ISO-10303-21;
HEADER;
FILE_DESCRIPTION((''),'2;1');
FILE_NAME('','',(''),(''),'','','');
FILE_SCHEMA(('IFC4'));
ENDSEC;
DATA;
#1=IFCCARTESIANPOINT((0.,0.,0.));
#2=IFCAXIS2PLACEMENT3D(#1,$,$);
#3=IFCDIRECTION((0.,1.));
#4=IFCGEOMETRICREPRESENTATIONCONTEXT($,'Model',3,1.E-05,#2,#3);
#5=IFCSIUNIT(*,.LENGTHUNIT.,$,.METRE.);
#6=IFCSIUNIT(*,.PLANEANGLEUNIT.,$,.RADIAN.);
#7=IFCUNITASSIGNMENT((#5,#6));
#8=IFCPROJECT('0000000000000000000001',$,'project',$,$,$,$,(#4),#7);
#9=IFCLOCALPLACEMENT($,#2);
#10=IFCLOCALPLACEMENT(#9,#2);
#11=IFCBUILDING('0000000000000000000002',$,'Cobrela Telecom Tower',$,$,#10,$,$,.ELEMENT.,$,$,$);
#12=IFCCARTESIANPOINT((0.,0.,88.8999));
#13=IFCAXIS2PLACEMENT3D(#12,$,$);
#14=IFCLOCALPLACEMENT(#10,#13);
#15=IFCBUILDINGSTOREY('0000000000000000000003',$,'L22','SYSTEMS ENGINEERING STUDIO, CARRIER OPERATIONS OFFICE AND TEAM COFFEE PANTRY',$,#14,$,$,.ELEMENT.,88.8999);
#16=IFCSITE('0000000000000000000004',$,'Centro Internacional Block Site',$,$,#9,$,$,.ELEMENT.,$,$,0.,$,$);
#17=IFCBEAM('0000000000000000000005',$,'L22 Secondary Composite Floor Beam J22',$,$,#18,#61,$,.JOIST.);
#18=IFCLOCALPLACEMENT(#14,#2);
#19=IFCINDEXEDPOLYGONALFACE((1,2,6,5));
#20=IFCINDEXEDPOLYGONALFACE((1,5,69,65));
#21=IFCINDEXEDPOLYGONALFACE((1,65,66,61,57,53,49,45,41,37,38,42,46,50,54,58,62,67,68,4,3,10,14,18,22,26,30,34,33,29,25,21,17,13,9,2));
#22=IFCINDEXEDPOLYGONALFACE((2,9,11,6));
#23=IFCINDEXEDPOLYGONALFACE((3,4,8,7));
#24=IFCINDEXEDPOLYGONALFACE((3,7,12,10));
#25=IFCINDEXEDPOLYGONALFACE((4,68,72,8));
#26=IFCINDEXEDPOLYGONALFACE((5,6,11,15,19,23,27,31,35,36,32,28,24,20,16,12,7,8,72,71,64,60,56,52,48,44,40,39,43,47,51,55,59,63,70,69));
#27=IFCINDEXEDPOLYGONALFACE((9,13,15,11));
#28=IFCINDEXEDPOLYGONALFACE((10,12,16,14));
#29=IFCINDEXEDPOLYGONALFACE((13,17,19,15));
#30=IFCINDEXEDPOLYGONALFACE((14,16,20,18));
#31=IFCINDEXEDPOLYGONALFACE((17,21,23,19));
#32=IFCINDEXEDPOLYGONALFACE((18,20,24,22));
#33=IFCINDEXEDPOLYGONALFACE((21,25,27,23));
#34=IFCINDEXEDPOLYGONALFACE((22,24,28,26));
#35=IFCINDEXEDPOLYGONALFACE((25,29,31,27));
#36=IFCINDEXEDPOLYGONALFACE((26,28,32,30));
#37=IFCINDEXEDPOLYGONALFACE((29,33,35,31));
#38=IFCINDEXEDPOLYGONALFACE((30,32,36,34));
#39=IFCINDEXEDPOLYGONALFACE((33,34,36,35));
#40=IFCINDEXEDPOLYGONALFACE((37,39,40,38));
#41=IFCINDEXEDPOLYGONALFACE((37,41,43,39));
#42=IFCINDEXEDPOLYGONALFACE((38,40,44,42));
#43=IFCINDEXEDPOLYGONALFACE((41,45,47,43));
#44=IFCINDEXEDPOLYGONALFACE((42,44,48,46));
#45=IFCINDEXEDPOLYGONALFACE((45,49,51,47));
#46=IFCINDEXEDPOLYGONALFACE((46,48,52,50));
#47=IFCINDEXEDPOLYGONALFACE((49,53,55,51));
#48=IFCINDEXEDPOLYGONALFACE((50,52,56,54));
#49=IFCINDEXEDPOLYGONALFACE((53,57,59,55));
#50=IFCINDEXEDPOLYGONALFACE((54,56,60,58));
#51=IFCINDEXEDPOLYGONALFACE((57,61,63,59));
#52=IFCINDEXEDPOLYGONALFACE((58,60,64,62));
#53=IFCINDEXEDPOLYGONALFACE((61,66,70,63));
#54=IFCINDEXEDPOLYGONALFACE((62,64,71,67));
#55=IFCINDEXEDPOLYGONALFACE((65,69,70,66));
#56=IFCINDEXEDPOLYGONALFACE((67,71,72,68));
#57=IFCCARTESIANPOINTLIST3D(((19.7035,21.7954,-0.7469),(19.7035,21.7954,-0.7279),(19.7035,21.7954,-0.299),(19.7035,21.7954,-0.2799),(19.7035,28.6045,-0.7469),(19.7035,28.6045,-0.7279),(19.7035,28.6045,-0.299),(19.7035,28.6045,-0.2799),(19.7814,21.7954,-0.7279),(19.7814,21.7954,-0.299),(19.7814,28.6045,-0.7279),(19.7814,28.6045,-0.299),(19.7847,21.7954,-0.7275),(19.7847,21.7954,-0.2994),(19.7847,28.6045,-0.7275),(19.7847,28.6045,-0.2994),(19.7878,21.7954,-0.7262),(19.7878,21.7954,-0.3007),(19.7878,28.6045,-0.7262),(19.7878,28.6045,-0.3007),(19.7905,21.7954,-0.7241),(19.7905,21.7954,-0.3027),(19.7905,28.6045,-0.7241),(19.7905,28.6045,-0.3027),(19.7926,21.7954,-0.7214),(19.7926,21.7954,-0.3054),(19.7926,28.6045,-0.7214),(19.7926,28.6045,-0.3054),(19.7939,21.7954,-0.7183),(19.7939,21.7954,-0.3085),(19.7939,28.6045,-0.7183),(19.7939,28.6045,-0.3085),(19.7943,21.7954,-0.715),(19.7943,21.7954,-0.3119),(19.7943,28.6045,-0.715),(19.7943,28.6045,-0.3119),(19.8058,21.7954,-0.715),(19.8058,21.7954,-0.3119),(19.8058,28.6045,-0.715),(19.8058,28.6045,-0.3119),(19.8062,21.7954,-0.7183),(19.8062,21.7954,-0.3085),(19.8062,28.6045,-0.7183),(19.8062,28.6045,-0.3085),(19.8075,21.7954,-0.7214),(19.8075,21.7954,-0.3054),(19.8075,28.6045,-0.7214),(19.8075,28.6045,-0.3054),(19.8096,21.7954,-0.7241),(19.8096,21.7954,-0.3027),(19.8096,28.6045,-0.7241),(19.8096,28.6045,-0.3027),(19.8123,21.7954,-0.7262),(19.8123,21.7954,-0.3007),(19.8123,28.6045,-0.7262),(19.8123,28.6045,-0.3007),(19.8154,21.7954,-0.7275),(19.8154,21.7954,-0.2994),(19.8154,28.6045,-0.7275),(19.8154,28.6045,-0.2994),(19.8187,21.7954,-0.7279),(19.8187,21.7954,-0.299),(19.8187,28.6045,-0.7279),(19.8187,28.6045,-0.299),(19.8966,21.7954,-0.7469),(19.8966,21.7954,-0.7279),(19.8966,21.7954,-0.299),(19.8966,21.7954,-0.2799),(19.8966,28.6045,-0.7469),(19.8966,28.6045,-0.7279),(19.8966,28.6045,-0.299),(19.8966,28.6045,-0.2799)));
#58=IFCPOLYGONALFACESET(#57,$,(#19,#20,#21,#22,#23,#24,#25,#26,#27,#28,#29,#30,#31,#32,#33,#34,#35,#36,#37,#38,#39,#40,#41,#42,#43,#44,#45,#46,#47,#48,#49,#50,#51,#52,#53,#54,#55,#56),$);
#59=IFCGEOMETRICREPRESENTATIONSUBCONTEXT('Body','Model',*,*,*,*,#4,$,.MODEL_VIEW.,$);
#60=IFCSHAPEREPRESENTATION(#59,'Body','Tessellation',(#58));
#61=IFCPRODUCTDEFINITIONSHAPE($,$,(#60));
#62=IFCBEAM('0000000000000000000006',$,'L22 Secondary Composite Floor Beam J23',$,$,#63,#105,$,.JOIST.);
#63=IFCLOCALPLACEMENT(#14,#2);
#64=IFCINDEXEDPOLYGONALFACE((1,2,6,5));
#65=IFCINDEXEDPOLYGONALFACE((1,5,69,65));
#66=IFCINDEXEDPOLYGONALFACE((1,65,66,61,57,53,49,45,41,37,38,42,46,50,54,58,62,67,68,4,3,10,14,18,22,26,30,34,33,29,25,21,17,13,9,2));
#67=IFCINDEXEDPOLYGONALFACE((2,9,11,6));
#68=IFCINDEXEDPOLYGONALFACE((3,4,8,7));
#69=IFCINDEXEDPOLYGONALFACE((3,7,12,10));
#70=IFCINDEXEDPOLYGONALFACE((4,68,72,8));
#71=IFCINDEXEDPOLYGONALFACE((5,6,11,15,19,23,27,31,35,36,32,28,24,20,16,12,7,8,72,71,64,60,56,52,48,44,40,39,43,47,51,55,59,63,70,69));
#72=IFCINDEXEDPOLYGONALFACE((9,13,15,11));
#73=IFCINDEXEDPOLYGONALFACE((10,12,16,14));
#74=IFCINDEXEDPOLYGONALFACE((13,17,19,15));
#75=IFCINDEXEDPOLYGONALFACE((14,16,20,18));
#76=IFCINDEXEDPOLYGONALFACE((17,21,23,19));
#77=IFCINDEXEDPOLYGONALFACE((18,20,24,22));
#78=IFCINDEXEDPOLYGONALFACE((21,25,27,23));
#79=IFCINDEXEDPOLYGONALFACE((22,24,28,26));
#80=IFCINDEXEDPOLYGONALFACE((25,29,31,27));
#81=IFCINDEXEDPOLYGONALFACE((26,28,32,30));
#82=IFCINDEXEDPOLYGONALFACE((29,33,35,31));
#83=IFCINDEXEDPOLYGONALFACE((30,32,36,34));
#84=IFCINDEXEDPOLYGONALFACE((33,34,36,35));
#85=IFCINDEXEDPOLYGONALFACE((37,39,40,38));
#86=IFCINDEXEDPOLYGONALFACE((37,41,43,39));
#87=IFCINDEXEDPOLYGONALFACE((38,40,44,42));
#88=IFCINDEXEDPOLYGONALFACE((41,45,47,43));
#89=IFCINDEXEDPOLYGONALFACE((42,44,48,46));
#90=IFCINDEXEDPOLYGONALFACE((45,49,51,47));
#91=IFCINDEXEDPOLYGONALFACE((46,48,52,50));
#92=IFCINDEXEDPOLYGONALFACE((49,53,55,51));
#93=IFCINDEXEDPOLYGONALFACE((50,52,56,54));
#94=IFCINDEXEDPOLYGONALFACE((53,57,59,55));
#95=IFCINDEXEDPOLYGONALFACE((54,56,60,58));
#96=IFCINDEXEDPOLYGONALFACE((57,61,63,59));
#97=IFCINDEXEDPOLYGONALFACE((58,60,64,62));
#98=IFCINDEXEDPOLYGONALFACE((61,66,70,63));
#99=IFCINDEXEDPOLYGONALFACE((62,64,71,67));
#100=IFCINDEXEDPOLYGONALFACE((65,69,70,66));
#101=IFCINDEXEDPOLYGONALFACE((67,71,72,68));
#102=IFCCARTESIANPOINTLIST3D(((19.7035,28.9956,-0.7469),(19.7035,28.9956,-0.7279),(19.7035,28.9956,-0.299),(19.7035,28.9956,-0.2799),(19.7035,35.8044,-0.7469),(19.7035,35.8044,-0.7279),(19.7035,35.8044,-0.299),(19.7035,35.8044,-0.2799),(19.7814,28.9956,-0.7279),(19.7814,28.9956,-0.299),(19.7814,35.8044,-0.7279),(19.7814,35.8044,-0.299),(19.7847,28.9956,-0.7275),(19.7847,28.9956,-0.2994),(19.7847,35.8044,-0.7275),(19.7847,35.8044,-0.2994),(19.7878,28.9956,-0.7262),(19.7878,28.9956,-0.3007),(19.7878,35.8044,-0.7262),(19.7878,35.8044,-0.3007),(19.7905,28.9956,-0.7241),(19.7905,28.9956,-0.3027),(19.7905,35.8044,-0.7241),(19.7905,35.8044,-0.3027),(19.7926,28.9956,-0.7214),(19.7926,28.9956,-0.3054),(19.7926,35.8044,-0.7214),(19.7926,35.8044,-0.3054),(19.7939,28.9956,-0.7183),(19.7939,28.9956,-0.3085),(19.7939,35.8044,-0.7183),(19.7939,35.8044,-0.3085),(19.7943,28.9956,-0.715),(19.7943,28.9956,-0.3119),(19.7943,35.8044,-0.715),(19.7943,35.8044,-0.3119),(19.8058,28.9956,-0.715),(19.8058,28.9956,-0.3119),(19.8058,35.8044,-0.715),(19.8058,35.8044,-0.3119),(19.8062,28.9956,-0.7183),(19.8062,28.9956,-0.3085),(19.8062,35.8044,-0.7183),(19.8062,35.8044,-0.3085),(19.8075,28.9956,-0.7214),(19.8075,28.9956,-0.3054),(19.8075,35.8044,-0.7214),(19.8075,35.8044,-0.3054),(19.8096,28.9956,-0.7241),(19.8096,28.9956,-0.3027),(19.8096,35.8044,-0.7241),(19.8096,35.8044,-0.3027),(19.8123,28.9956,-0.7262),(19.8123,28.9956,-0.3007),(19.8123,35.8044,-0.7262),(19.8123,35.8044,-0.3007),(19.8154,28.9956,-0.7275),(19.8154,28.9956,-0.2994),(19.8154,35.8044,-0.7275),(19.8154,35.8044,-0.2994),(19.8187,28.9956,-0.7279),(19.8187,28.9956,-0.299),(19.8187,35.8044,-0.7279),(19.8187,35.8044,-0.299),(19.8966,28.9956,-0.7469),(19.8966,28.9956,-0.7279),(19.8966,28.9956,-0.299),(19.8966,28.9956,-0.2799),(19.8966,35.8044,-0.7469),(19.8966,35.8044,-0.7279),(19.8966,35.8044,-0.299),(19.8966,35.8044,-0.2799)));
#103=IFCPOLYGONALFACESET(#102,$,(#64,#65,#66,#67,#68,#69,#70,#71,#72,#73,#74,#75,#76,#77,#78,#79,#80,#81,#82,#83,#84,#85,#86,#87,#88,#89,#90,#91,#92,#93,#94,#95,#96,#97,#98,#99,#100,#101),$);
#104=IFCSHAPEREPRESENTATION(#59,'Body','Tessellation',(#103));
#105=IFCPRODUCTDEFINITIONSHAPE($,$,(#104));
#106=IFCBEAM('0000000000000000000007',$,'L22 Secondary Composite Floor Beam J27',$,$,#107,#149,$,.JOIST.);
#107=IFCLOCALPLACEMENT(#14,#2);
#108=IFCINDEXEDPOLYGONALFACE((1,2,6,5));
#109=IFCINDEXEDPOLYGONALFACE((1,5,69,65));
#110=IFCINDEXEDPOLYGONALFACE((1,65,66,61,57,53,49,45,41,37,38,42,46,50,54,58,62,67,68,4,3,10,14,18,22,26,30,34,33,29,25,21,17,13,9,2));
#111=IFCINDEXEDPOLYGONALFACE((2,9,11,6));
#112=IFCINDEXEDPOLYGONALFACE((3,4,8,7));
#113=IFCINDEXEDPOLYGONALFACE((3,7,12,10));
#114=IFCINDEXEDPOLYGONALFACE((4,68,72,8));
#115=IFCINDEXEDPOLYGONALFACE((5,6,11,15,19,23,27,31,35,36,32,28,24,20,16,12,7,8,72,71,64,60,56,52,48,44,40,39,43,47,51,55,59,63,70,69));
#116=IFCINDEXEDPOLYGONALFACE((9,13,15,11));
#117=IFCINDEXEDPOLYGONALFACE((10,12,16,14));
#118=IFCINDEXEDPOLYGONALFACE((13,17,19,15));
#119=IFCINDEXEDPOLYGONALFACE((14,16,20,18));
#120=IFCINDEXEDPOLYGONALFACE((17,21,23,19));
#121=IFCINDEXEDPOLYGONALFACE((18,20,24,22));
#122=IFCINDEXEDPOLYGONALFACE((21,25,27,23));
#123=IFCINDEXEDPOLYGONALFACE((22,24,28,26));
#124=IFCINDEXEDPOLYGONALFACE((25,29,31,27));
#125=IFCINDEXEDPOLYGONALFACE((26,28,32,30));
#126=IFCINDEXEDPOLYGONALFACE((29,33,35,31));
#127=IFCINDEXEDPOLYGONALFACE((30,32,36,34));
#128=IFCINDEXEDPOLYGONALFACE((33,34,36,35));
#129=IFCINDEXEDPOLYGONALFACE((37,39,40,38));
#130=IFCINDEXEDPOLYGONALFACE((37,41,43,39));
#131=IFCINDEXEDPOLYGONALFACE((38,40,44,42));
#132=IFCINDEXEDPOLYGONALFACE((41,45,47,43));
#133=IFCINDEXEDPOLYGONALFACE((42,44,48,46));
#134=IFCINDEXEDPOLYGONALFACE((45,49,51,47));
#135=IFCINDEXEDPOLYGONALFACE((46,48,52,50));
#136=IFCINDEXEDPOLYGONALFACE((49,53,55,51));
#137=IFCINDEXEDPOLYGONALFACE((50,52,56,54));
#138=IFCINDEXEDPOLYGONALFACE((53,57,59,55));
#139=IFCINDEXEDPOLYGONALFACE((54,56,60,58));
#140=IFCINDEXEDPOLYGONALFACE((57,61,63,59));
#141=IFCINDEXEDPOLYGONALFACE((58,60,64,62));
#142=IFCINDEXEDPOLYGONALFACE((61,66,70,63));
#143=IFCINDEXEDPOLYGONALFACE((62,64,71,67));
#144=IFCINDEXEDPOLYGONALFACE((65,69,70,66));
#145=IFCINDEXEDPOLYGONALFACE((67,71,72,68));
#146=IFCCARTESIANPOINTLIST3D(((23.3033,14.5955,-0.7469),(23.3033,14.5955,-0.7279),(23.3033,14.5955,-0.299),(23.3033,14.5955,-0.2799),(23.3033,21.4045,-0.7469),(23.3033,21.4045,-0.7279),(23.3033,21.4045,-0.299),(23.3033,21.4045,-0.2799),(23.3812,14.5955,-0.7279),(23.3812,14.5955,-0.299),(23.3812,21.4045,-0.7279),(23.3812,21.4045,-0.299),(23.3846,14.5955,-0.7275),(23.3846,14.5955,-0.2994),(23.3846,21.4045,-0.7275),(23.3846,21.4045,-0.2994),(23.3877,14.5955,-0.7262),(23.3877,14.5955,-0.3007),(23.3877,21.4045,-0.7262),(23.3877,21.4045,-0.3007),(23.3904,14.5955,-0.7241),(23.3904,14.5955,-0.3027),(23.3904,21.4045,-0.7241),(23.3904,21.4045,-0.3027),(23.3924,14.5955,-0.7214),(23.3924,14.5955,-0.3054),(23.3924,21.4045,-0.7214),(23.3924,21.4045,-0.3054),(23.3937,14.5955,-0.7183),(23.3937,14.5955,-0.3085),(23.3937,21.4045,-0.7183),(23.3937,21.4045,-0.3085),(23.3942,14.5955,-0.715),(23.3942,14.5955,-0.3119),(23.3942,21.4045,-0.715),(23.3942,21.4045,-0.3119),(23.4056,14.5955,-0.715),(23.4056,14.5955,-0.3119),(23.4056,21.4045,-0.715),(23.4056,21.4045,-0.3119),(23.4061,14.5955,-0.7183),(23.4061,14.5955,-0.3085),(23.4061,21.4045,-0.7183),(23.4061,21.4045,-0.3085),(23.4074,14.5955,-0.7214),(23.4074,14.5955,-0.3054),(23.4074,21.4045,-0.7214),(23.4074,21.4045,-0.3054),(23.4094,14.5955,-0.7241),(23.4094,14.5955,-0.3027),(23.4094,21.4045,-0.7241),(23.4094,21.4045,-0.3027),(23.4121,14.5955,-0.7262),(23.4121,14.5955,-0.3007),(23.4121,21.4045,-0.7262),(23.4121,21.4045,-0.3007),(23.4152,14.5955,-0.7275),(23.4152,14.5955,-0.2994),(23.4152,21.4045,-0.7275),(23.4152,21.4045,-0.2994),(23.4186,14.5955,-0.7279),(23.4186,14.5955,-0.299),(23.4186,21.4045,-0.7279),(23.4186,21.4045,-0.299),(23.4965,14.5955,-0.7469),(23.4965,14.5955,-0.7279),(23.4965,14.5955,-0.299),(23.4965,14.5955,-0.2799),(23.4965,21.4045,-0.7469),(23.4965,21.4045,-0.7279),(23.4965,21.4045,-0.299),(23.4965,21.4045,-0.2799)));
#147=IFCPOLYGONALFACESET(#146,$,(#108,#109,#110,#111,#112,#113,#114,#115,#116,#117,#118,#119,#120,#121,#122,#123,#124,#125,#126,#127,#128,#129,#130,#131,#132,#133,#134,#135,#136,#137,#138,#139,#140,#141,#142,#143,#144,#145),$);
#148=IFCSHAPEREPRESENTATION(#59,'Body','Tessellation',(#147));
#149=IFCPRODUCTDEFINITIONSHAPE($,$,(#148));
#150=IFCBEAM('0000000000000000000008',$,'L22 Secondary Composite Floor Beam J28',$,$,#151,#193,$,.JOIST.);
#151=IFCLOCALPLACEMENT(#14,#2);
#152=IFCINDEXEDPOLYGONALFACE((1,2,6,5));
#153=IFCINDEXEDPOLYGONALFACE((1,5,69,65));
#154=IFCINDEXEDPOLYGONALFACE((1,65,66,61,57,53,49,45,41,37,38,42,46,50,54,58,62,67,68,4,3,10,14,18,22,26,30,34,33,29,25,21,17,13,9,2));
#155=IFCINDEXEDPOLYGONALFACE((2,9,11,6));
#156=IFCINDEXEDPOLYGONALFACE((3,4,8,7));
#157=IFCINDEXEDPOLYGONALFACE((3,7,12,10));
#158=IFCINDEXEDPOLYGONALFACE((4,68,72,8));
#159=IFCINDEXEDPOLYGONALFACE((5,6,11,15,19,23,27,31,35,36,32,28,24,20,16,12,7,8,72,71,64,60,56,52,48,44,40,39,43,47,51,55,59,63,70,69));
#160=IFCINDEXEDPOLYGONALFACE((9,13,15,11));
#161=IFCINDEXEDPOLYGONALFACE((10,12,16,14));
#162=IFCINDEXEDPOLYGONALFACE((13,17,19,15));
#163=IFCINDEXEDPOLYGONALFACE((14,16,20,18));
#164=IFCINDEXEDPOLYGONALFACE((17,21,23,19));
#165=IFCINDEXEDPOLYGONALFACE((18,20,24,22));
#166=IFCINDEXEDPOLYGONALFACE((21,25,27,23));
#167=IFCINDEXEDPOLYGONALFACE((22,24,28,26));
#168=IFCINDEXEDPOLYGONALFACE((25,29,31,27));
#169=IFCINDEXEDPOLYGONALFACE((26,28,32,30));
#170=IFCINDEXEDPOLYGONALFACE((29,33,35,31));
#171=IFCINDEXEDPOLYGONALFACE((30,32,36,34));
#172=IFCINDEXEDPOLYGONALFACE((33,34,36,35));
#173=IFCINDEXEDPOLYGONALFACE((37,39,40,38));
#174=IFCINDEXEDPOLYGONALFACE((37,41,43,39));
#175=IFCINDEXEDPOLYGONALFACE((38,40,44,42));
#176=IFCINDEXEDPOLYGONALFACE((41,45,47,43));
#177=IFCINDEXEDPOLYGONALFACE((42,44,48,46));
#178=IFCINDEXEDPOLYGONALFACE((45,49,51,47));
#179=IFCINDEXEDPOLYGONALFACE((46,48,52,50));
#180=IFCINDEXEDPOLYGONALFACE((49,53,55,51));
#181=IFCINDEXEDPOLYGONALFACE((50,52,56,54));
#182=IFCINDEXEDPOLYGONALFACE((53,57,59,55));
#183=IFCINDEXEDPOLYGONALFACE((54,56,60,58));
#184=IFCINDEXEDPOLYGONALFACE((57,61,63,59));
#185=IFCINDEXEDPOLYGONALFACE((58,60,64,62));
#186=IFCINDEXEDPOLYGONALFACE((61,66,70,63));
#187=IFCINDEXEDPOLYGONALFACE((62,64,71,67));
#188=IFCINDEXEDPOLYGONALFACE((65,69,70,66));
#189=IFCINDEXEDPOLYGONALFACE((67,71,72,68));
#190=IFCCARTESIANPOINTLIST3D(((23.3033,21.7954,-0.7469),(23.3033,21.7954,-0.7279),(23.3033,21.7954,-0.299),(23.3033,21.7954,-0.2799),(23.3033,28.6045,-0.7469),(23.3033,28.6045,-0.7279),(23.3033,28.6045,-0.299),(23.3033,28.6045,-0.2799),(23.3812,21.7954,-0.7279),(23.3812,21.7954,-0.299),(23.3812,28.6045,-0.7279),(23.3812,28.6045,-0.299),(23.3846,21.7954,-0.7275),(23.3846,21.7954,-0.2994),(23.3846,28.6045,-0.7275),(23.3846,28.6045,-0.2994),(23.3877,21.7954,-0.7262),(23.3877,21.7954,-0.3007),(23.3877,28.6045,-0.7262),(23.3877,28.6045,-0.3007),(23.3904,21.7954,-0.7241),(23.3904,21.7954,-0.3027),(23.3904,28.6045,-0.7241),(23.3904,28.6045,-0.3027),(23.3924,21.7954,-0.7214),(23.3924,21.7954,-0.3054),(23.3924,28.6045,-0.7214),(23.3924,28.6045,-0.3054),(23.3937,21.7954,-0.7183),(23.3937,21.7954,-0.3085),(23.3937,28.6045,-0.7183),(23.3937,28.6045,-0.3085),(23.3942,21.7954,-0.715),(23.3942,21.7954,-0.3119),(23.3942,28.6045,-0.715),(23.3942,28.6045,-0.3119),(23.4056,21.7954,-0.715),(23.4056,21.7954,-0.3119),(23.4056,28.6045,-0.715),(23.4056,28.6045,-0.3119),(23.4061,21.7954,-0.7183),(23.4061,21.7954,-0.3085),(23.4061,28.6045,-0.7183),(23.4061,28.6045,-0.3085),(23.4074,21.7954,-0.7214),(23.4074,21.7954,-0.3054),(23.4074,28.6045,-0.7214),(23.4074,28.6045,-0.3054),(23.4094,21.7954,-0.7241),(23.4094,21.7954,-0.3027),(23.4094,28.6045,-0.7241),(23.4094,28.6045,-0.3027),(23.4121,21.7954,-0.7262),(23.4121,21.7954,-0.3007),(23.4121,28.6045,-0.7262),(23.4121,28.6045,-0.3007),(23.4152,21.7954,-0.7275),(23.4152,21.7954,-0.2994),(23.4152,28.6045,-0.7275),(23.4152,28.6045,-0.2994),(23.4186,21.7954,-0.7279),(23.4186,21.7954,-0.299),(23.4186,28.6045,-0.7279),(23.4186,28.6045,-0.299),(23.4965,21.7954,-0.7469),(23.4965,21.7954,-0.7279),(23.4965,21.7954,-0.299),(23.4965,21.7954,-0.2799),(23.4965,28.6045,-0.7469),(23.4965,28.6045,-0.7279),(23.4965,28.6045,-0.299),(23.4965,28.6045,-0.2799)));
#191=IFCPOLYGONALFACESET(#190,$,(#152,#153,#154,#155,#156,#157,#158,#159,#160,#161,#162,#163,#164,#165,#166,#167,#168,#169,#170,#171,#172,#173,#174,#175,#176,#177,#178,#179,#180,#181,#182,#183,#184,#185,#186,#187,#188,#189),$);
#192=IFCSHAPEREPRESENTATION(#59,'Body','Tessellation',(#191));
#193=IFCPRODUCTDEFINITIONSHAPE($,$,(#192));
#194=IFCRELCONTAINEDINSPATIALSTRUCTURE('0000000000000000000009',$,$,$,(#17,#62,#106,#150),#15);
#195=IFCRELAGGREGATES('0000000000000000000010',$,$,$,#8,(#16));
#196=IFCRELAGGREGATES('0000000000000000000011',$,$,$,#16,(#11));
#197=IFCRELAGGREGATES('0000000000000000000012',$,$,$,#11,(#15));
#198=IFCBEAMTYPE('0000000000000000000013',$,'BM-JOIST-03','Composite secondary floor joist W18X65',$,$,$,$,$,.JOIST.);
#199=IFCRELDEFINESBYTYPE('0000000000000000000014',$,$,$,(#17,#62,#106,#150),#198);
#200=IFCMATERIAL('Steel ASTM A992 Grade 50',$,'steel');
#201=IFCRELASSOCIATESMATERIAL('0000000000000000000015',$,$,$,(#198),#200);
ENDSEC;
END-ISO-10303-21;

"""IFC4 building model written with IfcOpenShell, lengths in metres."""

from ifc_helpers import new_model, si_unit, direction, frame, origin, origin_2d, place, context, subcontext, project, spatial, i_section, extrude, material, material_profile, profile_set, type_object, element, save


model = new_model("IFC4")

# Units and contexts
model_context = context("Model", 3, precision=1e-05, world=origin(), true_north=direction((0.0, 1.0)))
body_context = subcontext(model_context, "Body", "Model", "MODEL_VIEW")
ifc_project = project(units=[si_unit("LENGTHUNIT", "METRE"), si_unit("PLANEANGLEUNIT", "RADIAN")], contexts=[model_context])

# Site, building, storey
site_placement = place(None, origin())
site = spatial("IfcSite", under=ifc_project, at=site_placement, Name="Centro Internacional Block Site", CompositionType="ELEMENT", RefElevation=0.0)
building_placement = place(site_placement, origin())
building = spatial("IfcBuilding", under=site, at=building_placement, Name="Cobrela Telecom Tower", CompositionType="ELEMENT")
storey_placement = place(building_placement, frame((0.0, 0.0, 88.8999)))
storey = spatial("IfcBuildingStorey", under=building, at=storey_placement, Name="L22", Description="SYSTEMS ENGINEERING STUDIO, CARRIER OPERATIONS OFFICE AND TEAM COFFEE PANTRY", CompositionType="ELEMENT", Elevation=88.8999)

# Shared definitions
ifc_material_1 = material(Name="Steel ASTM A992 Grade 50", Category="steel")

# Beams
ifc_material_profile_1 = material_profile(ifc_material_1, i_section(OverallWidth=0.1931, OverallDepth=0.467, WebThickness=0.0115, FlangeThickness=0.019, FilletRadius=0.0129, at=origin_2d()), Name="W18X65")
ifc_profile_set_1 = profile_set([ifc_material_profile_1], Name="Steel ASTM A992 Grade 50")
beam_type_1 = type_object("IfcBeamType", Name="BM-JOIST-03", Description="Composite secondary floor joist W18X65", PredefinedType="JOIST", material=ifc_profile_set_1)
beam_1_placement = place(storey_placement, frame((19.8, 21.7954, -0.5134), z_axis=(0.0, 1.0, 0.0), x_axis=(-1.0, 0.0, 0.0)))
element("IfcBeam", 1, at=beam_1_placement, inside=storey, type_object=beam_type_1, Name="L22 Secondary Composite Floor Beam J22", PredefinedType="JOIST", context=body_context, shape_type="SweptSolid", body=[
    extrude(i_section(OverallWidth=0.1931, OverallDepth=0.467, WebThickness=0.0115, FlangeThickness=0.019, FilletRadius=0.0129, at=origin_2d()), origin(), (0.0, 0.0, 1.0), 6.8091),
])
beam_2_placement = place(storey_placement, frame((19.8, 28.9956, -0.5134), z_axis=(0.0, 1.0, 0.0), x_axis=(-1.0, 0.0, 0.0)))
element("IfcBeam", 2, at=beam_2_placement, inside=storey, type_object=beam_type_1, Name="L22 Secondary Composite Floor Beam J23", PredefinedType="JOIST", context=body_context, shape_type="SweptSolid", body=[
    extrude(i_section(OverallWidth=0.1931, OverallDepth=0.467, WebThickness=0.0115, FlangeThickness=0.019, FilletRadius=0.0129, at=origin_2d()), origin(), (0.0, 0.0, 1.0), 6.8088),
])
for number, where, z_axis, x_axis, name in (
    (3, (23.3999, 14.5955, -0.5134), (0.0, 1.0, 0.0), (-1.0, 0.0, 0.0), "L22 Secondary Composite Floor Beam J27"),
    (4, (23.3999, 21.7954, -0.5134), (0.0, 1.0, 0.0), (-1.0, 0.0, 0.0), "L22 Secondary Composite Floor Beam J28"),
):
    element("IfcBeam", number, at=place(storey_placement, frame(where, z_axis=z_axis, x_axis=x_axis)), inside=storey, type_object=beam_type_1, Name=name, PredefinedType="JOIST", context=body_context, shape_type="SweptSolid", body=[
        extrude(i_section(OverallWidth=0.1931, OverallDepth=0.467, WebThickness=0.0115, FlangeThickness=0.019, FilletRadius=0.0129, at=origin_2d()), origin(), (0.0, 0.0, 1.0), 6.8091),
    ])

save(model, "model.ifc")
